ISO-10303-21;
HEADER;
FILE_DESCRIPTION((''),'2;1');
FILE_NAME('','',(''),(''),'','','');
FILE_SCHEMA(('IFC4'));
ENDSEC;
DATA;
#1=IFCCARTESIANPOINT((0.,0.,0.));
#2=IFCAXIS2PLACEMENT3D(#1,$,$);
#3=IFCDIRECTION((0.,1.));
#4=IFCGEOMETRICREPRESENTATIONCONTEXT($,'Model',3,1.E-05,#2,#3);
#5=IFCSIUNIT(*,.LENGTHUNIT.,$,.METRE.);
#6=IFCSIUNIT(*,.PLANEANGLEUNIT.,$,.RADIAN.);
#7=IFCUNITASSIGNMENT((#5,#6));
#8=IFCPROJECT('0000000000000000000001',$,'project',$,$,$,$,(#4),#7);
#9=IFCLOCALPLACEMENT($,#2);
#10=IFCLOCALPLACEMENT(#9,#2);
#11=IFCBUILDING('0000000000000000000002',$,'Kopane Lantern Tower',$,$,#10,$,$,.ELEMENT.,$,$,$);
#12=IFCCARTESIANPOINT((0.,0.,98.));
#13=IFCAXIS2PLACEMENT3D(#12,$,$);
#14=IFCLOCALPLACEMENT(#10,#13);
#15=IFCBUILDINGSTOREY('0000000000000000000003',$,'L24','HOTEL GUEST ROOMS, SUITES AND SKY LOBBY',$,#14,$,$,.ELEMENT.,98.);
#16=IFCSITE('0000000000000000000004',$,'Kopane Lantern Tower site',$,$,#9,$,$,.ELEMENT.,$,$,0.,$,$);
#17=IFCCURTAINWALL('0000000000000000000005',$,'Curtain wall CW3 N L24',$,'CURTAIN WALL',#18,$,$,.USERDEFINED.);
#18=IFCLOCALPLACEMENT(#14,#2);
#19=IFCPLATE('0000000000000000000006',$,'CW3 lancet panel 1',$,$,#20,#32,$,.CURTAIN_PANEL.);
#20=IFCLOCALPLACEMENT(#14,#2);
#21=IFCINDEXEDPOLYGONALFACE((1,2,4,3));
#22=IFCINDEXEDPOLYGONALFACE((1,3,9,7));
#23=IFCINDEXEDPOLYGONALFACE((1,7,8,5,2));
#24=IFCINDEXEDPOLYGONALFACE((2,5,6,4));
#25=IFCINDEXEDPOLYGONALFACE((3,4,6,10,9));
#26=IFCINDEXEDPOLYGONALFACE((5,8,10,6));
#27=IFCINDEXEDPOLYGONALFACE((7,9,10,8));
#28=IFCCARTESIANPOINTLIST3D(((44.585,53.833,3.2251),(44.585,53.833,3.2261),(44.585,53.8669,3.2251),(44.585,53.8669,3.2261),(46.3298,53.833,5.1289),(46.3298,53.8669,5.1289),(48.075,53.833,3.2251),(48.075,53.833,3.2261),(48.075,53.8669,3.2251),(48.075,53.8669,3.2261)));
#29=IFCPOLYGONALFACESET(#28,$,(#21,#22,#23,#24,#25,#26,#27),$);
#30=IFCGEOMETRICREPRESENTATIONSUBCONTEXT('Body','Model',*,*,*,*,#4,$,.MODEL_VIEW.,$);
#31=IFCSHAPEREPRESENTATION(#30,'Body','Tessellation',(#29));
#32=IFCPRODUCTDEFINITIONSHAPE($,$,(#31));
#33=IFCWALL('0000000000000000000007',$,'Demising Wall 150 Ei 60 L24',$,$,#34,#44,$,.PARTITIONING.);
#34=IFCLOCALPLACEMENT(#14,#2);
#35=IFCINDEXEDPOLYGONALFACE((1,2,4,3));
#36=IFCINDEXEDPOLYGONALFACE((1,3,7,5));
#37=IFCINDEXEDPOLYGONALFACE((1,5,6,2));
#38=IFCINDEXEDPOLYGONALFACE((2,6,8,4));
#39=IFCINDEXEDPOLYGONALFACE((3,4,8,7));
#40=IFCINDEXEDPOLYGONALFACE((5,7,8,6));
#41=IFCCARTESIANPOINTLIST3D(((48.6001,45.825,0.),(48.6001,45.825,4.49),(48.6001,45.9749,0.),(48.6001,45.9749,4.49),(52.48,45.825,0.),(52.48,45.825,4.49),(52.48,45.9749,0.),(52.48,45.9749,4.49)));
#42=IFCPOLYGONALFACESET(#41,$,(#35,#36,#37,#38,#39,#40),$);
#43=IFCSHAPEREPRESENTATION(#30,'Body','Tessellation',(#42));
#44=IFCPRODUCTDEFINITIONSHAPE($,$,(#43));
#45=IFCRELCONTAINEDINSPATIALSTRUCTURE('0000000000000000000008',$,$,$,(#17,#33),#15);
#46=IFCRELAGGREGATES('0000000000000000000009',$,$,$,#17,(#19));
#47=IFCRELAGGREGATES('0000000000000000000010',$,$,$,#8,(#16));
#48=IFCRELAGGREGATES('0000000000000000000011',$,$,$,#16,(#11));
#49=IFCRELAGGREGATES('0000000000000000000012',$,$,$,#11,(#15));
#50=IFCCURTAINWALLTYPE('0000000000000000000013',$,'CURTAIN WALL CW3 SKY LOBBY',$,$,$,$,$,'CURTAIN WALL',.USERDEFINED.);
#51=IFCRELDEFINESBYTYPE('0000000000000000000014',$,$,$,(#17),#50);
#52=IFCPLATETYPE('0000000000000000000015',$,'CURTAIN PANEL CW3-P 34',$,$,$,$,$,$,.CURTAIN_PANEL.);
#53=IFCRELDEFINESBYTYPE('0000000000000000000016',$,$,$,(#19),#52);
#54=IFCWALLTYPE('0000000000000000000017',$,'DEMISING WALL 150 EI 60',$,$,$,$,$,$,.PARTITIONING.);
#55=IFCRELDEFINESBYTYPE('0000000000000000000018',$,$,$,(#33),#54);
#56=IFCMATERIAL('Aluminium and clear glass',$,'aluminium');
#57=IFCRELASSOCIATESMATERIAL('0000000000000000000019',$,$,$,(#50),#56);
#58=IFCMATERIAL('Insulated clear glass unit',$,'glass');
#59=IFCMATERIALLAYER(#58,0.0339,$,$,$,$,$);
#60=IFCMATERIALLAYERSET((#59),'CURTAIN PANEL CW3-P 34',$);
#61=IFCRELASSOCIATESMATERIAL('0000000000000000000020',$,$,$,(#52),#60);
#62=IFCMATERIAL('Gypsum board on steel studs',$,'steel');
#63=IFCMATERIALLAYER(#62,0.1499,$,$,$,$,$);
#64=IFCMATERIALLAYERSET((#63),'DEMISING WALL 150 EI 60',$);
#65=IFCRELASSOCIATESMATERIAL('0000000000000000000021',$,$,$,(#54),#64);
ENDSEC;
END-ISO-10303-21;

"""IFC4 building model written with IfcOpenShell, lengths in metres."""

from ifc_helpers import new_model, si_unit, direction, frame, frame_2d, origin, place, context, subcontext, project, spatial, polyline, rectangle, outline, extrude, material, layer, layer_set, type_object, element, aggregate, save


model = new_model("IFC4")

# Units and contexts
model_context = context("Model", 3, precision=1e-05, world=origin(), true_north=direction((0.0, 1.0)))
body_context = subcontext(model_context, "Body", "Model", "MODEL_VIEW")
ifc_project = project(units=[si_unit("LENGTHUNIT", "METRE"), si_unit("PLANEANGLEUNIT", "RADIAN")], contexts=[model_context])

# Site, building, storey
site_placement = place(None, origin())
site = spatial("IfcSite", under=ifc_project, at=site_placement, Name="Kopane Lantern Tower site", CompositionType="ELEMENT", RefElevation=0.0)
building_placement = place(site_placement, origin())
building = spatial("IfcBuilding", under=site, at=building_placement, Name="Kopane Lantern Tower", CompositionType="ELEMENT")
storey_placement = place(building_placement, frame((0.0, 0.0, 98.0)))
storey = spatial("IfcBuildingStorey", under=building, at=storey_placement, Name="L24", Description="HOTEL GUEST ROOMS, SUITES AND SKY LOBBY", CompositionType="ELEMENT", Elevation=98.0)

# Shared definitions
ifc_material_1 = material(Name="Aluminium and clear glass", Category="aluminium")
curtain_wall_type = type_object("IfcCurtainWallType", Name="CURTAIN WALL CW3 SKY LOBBY", ElementType="CURTAIN WALL", PredefinedType="USERDEFINED", material=ifc_material_1)

# Curtain wall
curtain_wall_1_placement = place(storey_placement, origin())
curtain_wall_1 = element("IfcCurtainWall", 1, at=curtain_wall_1_placement, inside=storey, type_object=curtain_wall_type, Name="Curtain wall CW3 N L24", ObjectType="CURTAIN WALL", PredefinedType="USERDEFINED")

# Plate
ifc_material_2 = material(Name="Insulated clear glass unit", Category="glass")
ifc_layer_1 = layer(ifc_material_2, 0.0339)
ifc_layer_set_1 = layer_set([ifc_layer_1], Name="CURTAIN PANEL CW3-P 34")
plate_type = type_object("IfcPlateType", Name="CURTAIN PANEL CW3-P 34", PredefinedType="CURTAIN_PANEL", material=ifc_layer_set_1)
plate_1_placement = place(storey_placement, frame((48.075, 53.8501, 3.2251), z_axis=(0.0, 0.0, 1.0), x_axis=(-1.0, 0.0, 0.0)))
plate_1 = element("IfcPlate", 2, at=plate_1_placement, type_object=plate_type, Name="CW3 lancet panel 1", PredefinedType="CURTAIN_PANEL", context=body_context, shape_type="SweptSolid", body=[
    extrude(outline(polyline([(0.0, 0.0), (3.49, 0.0), (3.49, 0.001), (1.7451, 1.9038), (0.0, 0.001), (0.0, 0.0)])), frame((0.0, 0.0171, 0.0), z_axis=(0.0, -1.0, 0.0), x_axis=(1.0, 0.0, 0.0)), (0.0, 0.0, 1.0), 0.0339),
])
aggregate(curtain_wall_1, [plate_1])

# Wall
ifc_material_3 = material(Name="Gypsum board on steel studs", Category="steel")
ifc_layer_2 = layer(ifc_material_3, 0.1499)
ifc_layer_set_2 = layer_set([ifc_layer_2], Name="DEMISING WALL 150 EI 60")
wall_type = type_object("IfcWallType", Name="DEMISING WALL 150 EI 60", PredefinedType="PARTITIONING", material=ifc_layer_set_2)
wall_placement = place(storey_placement, frame((48.6001, 45.8999, 0.0), z_axis=(0.0, 0.0, 1.0), x_axis=(1.0, 0.0, 0.0)))
element("IfcWall", 3, at=wall_placement, inside=storey, type_object=wall_type, Name="Demising Wall 150 Ei 60 L24", PredefinedType="PARTITIONING", context=body_context, shape_type="SweptSolid", body=[
    extrude(rectangle(XDim=3.8799, YDim=0.1499, at=frame_2d((1.9399, 0.0))), origin(), (0.0, 0.0, 1.0), 4.49),
])

save(model, "model.ifc")
